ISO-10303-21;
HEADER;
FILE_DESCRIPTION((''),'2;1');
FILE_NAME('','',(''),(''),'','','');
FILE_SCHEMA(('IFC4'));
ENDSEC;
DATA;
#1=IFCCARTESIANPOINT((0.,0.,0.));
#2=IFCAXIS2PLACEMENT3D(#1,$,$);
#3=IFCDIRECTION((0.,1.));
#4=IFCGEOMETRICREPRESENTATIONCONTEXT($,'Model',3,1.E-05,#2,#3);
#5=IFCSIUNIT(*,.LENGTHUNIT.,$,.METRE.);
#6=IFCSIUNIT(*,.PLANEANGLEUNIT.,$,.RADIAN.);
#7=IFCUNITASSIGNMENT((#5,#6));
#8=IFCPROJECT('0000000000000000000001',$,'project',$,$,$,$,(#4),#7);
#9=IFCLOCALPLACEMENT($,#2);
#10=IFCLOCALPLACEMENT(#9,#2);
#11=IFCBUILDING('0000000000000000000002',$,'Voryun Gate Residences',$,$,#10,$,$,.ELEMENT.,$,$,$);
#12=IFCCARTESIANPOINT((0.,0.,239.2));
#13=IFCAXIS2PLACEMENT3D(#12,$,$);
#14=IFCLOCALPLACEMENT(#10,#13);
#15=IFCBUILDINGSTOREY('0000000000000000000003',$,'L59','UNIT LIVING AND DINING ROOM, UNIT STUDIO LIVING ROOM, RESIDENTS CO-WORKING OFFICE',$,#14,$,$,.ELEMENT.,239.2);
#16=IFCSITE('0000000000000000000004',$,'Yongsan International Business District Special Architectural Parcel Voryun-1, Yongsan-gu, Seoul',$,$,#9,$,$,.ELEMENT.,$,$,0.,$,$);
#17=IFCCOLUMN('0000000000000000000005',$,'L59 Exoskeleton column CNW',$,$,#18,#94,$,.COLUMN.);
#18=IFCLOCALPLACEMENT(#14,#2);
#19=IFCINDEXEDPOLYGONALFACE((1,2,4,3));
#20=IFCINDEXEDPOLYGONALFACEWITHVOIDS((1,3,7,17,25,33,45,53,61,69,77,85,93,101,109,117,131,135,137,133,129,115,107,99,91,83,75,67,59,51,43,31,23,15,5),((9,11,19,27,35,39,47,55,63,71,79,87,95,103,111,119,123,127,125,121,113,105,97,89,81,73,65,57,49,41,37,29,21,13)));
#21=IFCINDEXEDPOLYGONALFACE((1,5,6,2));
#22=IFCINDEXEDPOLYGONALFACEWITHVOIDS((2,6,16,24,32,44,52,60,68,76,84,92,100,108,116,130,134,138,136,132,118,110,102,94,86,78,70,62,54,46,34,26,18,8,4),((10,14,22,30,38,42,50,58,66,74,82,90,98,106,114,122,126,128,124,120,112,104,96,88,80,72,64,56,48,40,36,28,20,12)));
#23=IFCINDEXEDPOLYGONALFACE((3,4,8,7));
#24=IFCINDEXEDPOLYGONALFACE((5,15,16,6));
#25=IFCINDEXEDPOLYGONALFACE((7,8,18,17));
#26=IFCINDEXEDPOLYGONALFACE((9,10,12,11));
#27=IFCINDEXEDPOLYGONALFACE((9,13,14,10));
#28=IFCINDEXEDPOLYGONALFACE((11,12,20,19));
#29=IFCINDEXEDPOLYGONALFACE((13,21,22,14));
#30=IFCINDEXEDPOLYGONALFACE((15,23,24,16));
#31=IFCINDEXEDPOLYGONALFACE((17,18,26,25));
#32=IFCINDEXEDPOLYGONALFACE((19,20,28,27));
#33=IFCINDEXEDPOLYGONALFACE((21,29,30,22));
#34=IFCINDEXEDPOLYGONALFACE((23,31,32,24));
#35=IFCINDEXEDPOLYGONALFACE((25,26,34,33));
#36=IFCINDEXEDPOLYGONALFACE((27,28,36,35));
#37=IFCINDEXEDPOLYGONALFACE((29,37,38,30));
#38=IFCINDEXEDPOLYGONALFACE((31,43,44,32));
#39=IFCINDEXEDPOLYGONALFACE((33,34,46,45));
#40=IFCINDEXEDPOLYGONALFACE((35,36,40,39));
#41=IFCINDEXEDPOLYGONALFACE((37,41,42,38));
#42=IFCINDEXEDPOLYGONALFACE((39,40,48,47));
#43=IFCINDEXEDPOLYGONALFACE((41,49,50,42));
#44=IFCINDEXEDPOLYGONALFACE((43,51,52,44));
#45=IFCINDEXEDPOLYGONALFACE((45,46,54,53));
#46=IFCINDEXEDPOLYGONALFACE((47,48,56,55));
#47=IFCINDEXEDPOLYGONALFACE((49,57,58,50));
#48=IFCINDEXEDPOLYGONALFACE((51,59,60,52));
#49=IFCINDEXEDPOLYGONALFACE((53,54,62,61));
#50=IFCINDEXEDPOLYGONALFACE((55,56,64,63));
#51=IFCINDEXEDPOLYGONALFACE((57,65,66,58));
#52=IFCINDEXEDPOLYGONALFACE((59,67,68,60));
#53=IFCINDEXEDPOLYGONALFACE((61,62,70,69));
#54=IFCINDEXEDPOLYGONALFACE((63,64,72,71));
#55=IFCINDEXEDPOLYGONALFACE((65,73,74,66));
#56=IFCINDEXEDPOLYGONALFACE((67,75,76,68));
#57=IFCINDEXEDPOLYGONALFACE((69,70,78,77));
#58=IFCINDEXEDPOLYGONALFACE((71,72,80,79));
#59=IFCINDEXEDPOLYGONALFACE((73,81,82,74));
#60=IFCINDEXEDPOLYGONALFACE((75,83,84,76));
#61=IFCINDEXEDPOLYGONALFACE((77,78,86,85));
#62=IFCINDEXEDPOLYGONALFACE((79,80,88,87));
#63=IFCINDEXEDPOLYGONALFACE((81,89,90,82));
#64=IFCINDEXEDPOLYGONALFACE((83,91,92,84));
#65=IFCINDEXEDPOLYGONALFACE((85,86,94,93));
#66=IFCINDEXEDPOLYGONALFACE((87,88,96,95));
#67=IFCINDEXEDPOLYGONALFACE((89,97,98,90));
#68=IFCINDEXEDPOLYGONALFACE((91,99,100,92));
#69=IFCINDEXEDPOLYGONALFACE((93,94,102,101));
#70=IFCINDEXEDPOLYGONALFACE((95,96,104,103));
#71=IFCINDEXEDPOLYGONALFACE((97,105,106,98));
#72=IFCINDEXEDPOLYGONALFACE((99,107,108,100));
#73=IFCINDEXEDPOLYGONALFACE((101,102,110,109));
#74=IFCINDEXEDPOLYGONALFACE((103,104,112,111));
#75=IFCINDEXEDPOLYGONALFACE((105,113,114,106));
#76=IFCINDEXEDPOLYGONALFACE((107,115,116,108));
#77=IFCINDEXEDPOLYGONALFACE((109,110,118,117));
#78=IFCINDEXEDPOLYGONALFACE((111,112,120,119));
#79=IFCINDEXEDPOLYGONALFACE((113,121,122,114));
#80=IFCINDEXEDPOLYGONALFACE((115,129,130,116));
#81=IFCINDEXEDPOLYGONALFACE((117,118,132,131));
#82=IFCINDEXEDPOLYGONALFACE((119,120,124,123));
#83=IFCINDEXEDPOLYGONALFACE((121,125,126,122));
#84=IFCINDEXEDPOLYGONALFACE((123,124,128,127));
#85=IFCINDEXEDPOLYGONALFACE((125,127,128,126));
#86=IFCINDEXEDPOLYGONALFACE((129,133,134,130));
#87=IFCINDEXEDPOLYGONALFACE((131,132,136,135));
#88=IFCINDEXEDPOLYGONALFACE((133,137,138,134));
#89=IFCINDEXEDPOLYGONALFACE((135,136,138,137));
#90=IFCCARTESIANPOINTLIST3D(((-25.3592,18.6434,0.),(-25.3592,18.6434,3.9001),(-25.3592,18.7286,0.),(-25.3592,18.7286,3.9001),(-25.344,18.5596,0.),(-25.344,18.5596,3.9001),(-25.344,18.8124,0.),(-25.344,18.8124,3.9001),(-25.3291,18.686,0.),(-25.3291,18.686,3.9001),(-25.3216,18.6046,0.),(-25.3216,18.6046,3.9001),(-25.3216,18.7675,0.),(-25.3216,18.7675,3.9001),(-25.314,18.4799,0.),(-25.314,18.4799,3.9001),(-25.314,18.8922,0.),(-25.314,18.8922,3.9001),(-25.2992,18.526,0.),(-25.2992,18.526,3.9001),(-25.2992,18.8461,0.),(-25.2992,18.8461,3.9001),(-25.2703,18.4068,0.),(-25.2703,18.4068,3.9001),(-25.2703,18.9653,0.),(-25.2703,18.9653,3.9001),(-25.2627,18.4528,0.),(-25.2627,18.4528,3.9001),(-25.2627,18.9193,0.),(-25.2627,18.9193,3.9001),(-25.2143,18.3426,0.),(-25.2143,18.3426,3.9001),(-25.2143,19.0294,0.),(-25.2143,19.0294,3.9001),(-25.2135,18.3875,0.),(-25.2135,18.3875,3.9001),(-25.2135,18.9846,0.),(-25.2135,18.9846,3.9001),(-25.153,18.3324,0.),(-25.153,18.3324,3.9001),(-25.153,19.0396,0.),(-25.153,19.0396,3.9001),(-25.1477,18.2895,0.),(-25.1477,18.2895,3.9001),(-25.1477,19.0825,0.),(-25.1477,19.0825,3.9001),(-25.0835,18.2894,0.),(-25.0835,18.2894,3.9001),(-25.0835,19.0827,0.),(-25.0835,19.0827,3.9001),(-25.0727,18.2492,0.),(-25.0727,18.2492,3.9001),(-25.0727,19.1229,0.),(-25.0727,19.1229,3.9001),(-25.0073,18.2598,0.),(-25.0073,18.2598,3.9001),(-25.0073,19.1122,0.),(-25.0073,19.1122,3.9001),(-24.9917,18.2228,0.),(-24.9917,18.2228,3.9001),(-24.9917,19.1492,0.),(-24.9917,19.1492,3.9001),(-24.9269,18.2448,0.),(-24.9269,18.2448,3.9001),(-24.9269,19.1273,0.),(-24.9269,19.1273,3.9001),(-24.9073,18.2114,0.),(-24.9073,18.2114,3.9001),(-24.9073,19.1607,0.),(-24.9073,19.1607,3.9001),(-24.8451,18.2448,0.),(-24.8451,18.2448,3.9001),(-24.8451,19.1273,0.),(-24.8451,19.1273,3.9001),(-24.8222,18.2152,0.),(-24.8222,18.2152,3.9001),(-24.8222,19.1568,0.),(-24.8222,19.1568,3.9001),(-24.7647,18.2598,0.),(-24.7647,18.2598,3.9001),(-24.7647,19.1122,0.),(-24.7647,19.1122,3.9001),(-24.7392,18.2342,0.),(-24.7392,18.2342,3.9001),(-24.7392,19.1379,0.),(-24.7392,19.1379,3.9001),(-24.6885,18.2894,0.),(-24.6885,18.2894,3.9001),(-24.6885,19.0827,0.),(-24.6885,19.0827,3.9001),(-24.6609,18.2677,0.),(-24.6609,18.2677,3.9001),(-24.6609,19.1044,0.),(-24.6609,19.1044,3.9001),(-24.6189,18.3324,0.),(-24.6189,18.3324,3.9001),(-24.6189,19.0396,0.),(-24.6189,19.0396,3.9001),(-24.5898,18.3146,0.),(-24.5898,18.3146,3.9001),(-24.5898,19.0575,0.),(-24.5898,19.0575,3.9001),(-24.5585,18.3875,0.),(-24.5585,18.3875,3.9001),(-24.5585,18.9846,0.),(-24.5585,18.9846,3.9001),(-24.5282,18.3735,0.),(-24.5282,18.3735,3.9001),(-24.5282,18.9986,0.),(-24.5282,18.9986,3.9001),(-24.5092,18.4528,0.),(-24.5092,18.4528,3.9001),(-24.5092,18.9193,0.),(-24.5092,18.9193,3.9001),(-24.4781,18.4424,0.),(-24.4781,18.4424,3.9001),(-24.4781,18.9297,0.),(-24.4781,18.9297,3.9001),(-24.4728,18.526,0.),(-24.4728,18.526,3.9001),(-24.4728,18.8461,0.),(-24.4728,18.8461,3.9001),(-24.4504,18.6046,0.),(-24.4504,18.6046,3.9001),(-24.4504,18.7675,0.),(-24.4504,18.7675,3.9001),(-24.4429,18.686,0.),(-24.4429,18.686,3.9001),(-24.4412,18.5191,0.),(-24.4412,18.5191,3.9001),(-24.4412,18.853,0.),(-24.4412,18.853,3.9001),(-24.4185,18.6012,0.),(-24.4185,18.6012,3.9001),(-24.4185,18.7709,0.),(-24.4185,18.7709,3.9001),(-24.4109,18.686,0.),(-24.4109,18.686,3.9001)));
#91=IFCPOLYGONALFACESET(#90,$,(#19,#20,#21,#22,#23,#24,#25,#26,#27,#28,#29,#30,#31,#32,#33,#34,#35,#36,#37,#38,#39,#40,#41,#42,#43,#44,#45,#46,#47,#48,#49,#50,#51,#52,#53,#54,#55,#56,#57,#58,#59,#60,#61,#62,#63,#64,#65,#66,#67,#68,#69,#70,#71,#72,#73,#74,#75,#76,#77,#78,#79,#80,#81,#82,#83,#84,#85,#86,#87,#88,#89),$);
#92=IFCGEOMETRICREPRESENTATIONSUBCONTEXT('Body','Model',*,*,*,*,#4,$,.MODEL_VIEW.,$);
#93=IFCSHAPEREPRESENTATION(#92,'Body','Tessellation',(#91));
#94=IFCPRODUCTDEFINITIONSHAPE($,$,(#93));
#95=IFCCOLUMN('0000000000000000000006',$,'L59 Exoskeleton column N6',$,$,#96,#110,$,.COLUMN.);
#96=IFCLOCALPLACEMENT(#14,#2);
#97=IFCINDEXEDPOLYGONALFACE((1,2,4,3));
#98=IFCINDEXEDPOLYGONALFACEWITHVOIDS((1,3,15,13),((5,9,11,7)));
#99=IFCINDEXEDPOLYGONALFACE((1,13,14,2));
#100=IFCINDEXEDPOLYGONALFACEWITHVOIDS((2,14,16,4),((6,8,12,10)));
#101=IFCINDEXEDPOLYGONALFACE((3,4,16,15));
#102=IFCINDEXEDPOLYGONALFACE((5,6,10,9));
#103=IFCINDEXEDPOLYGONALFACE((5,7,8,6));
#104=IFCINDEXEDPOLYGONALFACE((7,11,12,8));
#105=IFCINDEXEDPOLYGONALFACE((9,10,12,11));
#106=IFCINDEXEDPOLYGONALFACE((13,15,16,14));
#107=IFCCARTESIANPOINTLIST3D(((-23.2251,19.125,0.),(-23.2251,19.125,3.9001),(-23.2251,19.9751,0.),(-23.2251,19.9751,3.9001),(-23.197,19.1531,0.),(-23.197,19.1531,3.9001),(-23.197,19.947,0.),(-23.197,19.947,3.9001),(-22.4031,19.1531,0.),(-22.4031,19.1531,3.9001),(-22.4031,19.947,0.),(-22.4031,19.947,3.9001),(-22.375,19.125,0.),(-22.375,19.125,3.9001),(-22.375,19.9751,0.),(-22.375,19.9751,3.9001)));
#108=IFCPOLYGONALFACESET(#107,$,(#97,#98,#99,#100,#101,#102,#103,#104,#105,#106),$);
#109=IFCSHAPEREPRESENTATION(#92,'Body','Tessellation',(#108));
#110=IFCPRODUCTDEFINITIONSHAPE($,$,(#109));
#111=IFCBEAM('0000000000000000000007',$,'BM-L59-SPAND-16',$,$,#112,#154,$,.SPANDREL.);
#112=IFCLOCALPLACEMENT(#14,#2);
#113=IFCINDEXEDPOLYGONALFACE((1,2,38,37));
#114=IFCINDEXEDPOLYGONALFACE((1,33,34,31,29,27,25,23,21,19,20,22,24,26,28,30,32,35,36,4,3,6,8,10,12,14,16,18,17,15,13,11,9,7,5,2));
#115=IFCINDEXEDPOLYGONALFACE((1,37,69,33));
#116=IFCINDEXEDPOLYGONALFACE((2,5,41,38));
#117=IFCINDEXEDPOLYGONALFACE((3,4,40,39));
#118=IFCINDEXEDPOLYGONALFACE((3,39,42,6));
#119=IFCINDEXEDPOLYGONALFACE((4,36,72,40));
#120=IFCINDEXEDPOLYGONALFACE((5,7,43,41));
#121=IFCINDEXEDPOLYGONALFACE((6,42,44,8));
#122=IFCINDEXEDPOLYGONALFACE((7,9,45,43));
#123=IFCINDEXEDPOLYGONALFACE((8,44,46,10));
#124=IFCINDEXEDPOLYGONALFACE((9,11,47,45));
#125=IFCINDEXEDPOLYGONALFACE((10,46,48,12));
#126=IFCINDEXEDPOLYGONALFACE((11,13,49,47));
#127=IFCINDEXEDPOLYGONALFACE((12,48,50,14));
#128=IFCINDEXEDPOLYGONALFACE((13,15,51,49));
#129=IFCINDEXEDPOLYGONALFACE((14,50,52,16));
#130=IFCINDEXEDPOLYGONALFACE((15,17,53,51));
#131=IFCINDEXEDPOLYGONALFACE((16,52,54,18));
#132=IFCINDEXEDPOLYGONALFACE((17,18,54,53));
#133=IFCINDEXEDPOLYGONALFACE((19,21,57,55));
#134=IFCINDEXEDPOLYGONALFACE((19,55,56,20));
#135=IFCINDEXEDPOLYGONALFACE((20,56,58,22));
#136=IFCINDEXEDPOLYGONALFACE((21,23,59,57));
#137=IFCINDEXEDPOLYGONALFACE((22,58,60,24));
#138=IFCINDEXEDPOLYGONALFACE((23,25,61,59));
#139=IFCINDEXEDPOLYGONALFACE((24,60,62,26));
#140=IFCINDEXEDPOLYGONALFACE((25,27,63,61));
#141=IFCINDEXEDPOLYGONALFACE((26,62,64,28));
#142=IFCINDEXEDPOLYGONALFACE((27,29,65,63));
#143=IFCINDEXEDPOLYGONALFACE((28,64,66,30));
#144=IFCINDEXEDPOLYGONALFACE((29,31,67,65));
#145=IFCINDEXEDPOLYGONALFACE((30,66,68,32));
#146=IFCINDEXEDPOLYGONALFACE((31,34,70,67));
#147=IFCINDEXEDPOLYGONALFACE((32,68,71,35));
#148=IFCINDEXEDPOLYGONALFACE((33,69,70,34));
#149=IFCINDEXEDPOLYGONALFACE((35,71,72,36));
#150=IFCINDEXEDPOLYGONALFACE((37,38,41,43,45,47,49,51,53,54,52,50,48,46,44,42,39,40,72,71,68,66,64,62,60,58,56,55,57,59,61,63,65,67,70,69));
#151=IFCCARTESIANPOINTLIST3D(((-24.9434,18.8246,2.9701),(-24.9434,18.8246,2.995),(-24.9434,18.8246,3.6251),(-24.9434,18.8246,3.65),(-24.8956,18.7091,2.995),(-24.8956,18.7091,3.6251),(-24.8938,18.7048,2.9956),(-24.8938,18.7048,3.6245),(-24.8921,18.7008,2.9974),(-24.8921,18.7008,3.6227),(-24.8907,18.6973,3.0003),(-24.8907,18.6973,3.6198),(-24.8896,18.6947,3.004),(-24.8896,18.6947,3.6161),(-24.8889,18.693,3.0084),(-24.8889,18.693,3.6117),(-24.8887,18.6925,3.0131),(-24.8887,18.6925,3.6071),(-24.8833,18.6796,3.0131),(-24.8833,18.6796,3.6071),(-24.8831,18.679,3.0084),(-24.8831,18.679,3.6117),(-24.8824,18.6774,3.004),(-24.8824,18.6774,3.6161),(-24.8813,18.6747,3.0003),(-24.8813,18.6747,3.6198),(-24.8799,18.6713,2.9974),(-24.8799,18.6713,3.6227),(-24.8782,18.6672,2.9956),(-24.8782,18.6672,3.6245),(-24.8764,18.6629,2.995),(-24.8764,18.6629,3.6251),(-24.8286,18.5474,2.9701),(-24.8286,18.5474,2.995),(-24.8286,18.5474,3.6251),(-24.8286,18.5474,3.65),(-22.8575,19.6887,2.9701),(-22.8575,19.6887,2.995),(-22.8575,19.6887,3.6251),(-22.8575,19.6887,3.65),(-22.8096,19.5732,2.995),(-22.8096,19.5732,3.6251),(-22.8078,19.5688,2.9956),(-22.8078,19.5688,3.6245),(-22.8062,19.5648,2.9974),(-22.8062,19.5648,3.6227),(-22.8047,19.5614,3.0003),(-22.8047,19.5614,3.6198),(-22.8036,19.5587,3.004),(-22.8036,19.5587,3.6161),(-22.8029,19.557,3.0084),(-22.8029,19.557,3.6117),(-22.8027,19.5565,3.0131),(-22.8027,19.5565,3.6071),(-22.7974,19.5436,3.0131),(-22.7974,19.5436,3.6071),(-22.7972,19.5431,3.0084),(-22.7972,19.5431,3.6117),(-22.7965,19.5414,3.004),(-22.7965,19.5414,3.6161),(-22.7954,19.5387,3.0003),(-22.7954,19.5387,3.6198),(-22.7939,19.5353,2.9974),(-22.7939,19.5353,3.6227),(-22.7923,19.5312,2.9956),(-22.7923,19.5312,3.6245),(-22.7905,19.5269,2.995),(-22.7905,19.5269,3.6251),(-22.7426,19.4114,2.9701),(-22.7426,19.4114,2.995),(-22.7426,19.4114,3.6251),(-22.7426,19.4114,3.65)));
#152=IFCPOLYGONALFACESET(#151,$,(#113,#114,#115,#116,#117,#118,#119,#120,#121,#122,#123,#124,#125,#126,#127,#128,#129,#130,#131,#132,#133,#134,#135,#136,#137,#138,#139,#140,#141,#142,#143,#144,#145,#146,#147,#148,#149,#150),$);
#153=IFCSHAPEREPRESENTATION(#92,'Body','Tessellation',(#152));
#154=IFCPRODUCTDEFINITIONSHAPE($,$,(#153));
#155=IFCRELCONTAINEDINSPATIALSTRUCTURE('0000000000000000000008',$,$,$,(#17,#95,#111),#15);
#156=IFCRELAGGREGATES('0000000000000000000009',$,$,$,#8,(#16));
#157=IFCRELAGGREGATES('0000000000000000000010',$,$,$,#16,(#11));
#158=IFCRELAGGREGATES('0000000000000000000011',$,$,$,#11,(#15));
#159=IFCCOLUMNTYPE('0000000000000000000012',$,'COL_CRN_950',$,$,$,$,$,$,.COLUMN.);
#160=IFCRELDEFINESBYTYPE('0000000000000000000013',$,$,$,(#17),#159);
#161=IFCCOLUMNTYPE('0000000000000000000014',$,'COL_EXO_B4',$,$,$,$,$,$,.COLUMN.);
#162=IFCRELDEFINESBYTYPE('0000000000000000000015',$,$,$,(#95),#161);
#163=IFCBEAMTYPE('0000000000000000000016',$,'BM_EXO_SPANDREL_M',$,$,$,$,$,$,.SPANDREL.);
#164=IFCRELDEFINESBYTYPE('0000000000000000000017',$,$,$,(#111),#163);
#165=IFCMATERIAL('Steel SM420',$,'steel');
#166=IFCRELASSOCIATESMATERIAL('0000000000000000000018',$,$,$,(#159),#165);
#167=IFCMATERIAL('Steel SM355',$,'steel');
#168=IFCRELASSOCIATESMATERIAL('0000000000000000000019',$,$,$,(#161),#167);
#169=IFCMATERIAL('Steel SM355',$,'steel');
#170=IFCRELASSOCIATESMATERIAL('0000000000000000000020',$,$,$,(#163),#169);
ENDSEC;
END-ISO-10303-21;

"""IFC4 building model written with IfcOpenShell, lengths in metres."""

from ifc_helpers import new_model, si_unit, direction, frame, origin, origin_2d, place, context, subcontext, project, spatial, hollow_rectangle, hollow_circle, i_section, extrude, material, material_profile, profile_set, type_object, element, save


model = new_model("IFC4")

# Units and contexts
model_context = context("Model", 3, precision=1e-05, world=origin(), true_north=direction((0.0, 1.0)))
body_context = subcontext(model_context, "Body", "Model", "MODEL_VIEW")
ifc_project = project(units=[si_unit("LENGTHUNIT", "METRE"), si_unit("PLANEANGLEUNIT", "RADIAN")], contexts=[model_context])

# Site, building, storey
site_placement = place(None, origin())
site = spatial("IfcSite", under=ifc_project, at=site_placement, Name="Yongsan International Business District Special Architectural Parcel Voryun-1, Yongsan-gu, Seoul", CompositionType="ELEMENT", RefElevation=0.0)
building_placement = place(site_placement, origin())
building = spatial("IfcBuilding", under=site, at=building_placement, Name="Voryun Gate Residences", CompositionType="ELEMENT")
storey_placement = place(building_placement, frame((0.0, 0.0, 239.2)))
storey = spatial("IfcBuildingStorey", under=building, at=storey_placement, Name="L59", Description="UNIT LIVING AND DINING ROOM, UNIT STUDIO LIVING ROOM, RESIDENTS CO-WORKING OFFICE", CompositionType="ELEMENT", Elevation=239.2)

# Columns
ifc_material_1 = material(Name="Steel SM420", Category="steel")
ifc_material_profile_1 = material_profile(ifc_material_1, hollow_circle(Radius=0.4751, WallThickness=0.032, at=origin_2d()), Name="CHS-950x32")
ifc_profile_set_1 = profile_set([ifc_material_profile_1], Name="Steel SM420")
column_type_1 = type_object("IfcColumnType", Name="COL_CRN_950", PredefinedType="COLUMN", material=ifc_profile_set_1)
column_1_placement = place(storey_placement, frame((-24.886, 18.686, 0.0), z_axis=(0.0, 0.0, 1.0), x_axis=(1.0, 0.0, 0.0)))
element("IfcColumn", 1, at=column_1_placement, inside=storey, type_object=column_type_1, Name="L59 Exoskeleton column CNW", PredefinedType="COLUMN", context=body_context, shape_type="SweptSolid", body=[
    extrude(hollow_circle(Radius=0.4751, WallThickness=0.032, at=origin_2d()), origin(), (0.0, 0.0, 1.0), 3.9001),
])
ifc_material_2 = material(Name="Steel SM355", Category="steel")
ifc_material_profile_2 = material_profile(ifc_material_2, hollow_rectangle(XDim=0.8501, YDim=0.8501, WallThickness=0.0281, at=origin_2d()), Name="BOX-850x850x28")
ifc_profile_set_2 = profile_set([ifc_material_profile_2], Name="Steel SM355")
column_type_2 = type_object("IfcColumnType", Name="COL_EXO_B4", PredefinedType="COLUMN", material=ifc_profile_set_2)
column_2_placement = place(storey_placement, frame((-22.8, 19.55, 0.0), z_axis=(0.0, 0.0, 1.0), x_axis=(1.0, 0.0, 0.0)))
element("IfcColumn", 2, at=column_2_placement, inside=storey, type_object=column_type_2, Name="L59 Exoskeleton column N6", PredefinedType="COLUMN", context=body_context, shape_type="SweptSolid", body=[
    extrude(hollow_rectangle(XDim=0.8501, YDim=0.8501, WallThickness=0.0281, at=origin_2d()), origin(), (0.0, 0.0, 1.0), 3.9001),
])

# Beam
ifc_material_3 = material(Name="Steel SM355", Category="steel")
ifc_material_profile_3 = material_profile(ifc_material_3, i_section(OverallWidth=0.3, OverallDepth=0.6799, WebThickness=0.0139, FlangeThickness=0.0249, FilletRadius=0.0181, at=origin_2d()), Name="H-680x300x14x25")
ifc_profile_set_3 = profile_set([ifc_material_profile_3], Name="Steel SM355")
beam_type = type_object("IfcBeamType", Name="BM_EXO_SPANDREL_M", PredefinedType="SPANDREL", material=ifc_profile_set_3)
beam_1_placement = place(storey_placement, frame((-22.8, 19.55, 3.3101), z_axis=(-0.923881, -0.38268, 0.0), x_axis=(0.38268, -0.923881, 0.0)))
element("IfcBeam", 3, at=beam_1_placement, inside=storey, type_object=beam_type, Name="BM-L59-SPAND-16", PredefinedType="SPANDREL", context=body_context, shape_type="SweptSolid", body=[
    extrude(i_section(OverallWidth=0.3, OverallDepth=0.6799, WebThickness=0.0139, FlangeThickness=0.0249, FilletRadius=0.0181, at=origin_2d()), origin(), (0.0, 0.0, 1.0), 2.2578),
])

save(model, "model.ifc")
